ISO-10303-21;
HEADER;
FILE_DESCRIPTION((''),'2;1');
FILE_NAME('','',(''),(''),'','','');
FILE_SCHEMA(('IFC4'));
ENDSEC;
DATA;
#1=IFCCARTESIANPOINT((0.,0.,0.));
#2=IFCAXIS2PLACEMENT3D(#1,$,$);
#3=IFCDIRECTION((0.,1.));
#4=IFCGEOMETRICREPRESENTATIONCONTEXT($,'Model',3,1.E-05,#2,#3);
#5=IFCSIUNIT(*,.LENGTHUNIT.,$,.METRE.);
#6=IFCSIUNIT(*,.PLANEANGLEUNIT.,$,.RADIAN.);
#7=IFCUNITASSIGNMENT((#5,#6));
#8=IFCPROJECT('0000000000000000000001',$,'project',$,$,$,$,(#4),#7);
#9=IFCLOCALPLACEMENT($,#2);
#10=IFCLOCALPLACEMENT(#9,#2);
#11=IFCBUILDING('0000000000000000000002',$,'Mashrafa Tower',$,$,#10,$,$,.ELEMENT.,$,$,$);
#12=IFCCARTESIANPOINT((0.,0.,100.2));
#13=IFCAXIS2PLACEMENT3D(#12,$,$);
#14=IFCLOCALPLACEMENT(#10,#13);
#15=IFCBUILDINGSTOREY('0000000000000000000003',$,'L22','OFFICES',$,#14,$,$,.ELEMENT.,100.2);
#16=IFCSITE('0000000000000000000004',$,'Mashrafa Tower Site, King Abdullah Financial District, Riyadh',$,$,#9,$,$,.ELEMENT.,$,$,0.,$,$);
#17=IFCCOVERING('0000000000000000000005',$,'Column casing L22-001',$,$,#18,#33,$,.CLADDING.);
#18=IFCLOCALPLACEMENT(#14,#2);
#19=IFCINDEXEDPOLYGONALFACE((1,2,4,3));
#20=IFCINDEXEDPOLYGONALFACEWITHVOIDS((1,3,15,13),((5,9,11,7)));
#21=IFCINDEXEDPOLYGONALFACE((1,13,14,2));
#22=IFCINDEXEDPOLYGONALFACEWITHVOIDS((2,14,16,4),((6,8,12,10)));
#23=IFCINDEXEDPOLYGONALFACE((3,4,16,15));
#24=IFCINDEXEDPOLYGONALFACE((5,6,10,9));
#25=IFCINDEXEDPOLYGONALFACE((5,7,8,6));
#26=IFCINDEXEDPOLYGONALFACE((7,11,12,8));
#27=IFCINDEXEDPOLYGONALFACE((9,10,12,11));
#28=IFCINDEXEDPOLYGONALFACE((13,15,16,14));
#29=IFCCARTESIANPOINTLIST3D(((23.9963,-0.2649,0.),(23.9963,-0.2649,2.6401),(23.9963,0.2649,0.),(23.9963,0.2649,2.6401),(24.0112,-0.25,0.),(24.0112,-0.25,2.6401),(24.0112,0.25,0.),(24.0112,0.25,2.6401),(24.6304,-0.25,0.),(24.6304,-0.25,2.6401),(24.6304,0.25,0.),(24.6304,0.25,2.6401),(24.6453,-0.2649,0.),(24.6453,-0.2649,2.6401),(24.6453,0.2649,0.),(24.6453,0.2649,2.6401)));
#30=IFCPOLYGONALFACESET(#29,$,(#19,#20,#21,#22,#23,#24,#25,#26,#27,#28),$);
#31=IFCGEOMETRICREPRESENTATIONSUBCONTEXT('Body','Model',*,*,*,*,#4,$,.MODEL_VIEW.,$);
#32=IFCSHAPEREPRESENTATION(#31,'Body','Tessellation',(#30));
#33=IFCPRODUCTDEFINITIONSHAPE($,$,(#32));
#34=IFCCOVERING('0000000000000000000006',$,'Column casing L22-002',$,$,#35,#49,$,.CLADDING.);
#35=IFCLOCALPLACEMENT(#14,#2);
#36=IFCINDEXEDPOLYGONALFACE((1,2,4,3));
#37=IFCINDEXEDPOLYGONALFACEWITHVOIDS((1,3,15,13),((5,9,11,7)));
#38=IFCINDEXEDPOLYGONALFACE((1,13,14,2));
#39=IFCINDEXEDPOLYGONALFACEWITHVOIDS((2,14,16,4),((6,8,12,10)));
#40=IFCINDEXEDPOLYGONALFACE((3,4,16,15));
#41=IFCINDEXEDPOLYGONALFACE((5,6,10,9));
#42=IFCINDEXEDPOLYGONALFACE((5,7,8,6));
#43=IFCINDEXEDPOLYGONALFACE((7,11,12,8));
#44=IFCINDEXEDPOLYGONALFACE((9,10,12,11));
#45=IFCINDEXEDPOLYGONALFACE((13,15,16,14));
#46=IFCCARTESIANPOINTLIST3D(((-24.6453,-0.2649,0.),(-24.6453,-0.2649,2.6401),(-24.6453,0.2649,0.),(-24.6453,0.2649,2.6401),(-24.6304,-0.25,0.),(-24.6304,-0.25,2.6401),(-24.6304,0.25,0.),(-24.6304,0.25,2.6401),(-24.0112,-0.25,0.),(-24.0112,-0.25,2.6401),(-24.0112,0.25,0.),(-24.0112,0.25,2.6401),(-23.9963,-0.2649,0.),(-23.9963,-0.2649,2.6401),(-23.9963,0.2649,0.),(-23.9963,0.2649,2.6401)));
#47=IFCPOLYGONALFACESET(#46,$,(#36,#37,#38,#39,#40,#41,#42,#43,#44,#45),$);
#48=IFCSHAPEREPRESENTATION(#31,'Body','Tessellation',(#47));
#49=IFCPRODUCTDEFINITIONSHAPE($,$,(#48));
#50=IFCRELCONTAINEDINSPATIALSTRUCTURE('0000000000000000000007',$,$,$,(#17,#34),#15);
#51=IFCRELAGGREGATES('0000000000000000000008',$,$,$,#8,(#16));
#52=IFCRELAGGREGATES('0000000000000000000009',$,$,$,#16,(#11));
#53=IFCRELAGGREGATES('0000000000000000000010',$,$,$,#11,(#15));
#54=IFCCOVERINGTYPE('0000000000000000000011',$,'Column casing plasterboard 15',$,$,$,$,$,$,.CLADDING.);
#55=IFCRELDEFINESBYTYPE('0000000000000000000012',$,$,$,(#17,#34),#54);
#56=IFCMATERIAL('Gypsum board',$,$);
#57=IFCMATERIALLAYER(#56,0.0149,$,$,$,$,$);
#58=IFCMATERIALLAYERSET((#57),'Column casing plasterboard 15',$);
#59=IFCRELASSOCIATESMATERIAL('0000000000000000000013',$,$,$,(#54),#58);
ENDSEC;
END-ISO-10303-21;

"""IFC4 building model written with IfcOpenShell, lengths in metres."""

from ifc_helpers import new_model, si_unit, direction, frame, origin, place, context, subcontext, project, spatial, polyline, outline, extrude, material, layer, layer_set, type_object, element, save


model = new_model("IFC4")

# Units and contexts
model_context = context("Model", 3, precision=1e-05, world=origin(), true_north=direction((0.0, 1.0)))
body_context = subcontext(model_context, "Body", "Model", "MODEL_VIEW")
ifc_project = project(units=[si_unit("LENGTHUNIT", "METRE"), si_unit("PLANEANGLEUNIT", "RADIAN")], contexts=[model_context])

# Site, building, storey
site_placement = place(None, origin())
site = spatial("IfcSite", under=ifc_project, at=site_placement, Name="Mashrafa Tower Site, King Abdullah Financial District, Riyadh", CompositionType="ELEMENT", RefElevation=0.0)
building_placement = place(site_placement, origin())
building = spatial("IfcBuilding", under=site, at=building_placement, Name="Mashrafa Tower", CompositionType="ELEMENT")
storey_placement = place(building_placement, frame((0.0, 0.0, 100.2)))
storey = spatial("IfcBuildingStorey", under=building, at=storey_placement, Name="L22", Description="OFFICES", CompositionType="ELEMENT", Elevation=100.2)

# Coverings
ifc_material_1 = material(Name="Gypsum board")
ifc_layer_1 = layer(ifc_material_1, 0.0149)
ifc_layer_set_1 = layer_set([ifc_layer_1], Name="Column casing plasterboard 15")
covering_type = type_object("IfcCoveringType", Name="Column casing plasterboard 15", PredefinedType="CLADDING", material=ifc_layer_set_1)
covering_1_placement = place(storey_placement, origin())
element("IfcCovering", 1, at=covering_1_placement, inside=storey, type_object=covering_type, Name="Column casing L22-001", PredefinedType="CLADDING", context=body_context, shape_type="SweptSolid", body=[
    extrude(outline(polyline([(23.9963, 0.2649), (24.6453, 0.2649), (24.6453, -0.2649), (23.9963, -0.2649), (23.9963, 0.2649)]), holes=[polyline([(24.6304, -0.25), (24.6304, 0.25), (24.0112, 0.25), (24.0112, -0.25), (24.6304, -0.25)])]), origin(), (0.0, 0.0, 1.0), 2.6401),
])
covering_2_placement = place(storey_placement, origin())
element("IfcCovering", 2, at=covering_2_placement, inside=storey, type_object=covering_type, Name="Column casing L22-002", PredefinedType="CLADDING", context=body_context, shape_type="SweptSolid", body=[
    extrude(outline(polyline([(-24.6453, 0.2649), (-23.9963, 0.2649), (-23.9963, -0.2649), (-24.6453, -0.2649), (-24.6453, 0.2649)]), holes=[polyline([(-24.0112, -0.25), (-24.0112, 0.25), (-24.6304, 0.25), (-24.6304, -0.25), (-24.0112, -0.25)])]), origin(), (0.0, 0.0, 1.0), 2.6401),
])

save(model, "model.ifc")
